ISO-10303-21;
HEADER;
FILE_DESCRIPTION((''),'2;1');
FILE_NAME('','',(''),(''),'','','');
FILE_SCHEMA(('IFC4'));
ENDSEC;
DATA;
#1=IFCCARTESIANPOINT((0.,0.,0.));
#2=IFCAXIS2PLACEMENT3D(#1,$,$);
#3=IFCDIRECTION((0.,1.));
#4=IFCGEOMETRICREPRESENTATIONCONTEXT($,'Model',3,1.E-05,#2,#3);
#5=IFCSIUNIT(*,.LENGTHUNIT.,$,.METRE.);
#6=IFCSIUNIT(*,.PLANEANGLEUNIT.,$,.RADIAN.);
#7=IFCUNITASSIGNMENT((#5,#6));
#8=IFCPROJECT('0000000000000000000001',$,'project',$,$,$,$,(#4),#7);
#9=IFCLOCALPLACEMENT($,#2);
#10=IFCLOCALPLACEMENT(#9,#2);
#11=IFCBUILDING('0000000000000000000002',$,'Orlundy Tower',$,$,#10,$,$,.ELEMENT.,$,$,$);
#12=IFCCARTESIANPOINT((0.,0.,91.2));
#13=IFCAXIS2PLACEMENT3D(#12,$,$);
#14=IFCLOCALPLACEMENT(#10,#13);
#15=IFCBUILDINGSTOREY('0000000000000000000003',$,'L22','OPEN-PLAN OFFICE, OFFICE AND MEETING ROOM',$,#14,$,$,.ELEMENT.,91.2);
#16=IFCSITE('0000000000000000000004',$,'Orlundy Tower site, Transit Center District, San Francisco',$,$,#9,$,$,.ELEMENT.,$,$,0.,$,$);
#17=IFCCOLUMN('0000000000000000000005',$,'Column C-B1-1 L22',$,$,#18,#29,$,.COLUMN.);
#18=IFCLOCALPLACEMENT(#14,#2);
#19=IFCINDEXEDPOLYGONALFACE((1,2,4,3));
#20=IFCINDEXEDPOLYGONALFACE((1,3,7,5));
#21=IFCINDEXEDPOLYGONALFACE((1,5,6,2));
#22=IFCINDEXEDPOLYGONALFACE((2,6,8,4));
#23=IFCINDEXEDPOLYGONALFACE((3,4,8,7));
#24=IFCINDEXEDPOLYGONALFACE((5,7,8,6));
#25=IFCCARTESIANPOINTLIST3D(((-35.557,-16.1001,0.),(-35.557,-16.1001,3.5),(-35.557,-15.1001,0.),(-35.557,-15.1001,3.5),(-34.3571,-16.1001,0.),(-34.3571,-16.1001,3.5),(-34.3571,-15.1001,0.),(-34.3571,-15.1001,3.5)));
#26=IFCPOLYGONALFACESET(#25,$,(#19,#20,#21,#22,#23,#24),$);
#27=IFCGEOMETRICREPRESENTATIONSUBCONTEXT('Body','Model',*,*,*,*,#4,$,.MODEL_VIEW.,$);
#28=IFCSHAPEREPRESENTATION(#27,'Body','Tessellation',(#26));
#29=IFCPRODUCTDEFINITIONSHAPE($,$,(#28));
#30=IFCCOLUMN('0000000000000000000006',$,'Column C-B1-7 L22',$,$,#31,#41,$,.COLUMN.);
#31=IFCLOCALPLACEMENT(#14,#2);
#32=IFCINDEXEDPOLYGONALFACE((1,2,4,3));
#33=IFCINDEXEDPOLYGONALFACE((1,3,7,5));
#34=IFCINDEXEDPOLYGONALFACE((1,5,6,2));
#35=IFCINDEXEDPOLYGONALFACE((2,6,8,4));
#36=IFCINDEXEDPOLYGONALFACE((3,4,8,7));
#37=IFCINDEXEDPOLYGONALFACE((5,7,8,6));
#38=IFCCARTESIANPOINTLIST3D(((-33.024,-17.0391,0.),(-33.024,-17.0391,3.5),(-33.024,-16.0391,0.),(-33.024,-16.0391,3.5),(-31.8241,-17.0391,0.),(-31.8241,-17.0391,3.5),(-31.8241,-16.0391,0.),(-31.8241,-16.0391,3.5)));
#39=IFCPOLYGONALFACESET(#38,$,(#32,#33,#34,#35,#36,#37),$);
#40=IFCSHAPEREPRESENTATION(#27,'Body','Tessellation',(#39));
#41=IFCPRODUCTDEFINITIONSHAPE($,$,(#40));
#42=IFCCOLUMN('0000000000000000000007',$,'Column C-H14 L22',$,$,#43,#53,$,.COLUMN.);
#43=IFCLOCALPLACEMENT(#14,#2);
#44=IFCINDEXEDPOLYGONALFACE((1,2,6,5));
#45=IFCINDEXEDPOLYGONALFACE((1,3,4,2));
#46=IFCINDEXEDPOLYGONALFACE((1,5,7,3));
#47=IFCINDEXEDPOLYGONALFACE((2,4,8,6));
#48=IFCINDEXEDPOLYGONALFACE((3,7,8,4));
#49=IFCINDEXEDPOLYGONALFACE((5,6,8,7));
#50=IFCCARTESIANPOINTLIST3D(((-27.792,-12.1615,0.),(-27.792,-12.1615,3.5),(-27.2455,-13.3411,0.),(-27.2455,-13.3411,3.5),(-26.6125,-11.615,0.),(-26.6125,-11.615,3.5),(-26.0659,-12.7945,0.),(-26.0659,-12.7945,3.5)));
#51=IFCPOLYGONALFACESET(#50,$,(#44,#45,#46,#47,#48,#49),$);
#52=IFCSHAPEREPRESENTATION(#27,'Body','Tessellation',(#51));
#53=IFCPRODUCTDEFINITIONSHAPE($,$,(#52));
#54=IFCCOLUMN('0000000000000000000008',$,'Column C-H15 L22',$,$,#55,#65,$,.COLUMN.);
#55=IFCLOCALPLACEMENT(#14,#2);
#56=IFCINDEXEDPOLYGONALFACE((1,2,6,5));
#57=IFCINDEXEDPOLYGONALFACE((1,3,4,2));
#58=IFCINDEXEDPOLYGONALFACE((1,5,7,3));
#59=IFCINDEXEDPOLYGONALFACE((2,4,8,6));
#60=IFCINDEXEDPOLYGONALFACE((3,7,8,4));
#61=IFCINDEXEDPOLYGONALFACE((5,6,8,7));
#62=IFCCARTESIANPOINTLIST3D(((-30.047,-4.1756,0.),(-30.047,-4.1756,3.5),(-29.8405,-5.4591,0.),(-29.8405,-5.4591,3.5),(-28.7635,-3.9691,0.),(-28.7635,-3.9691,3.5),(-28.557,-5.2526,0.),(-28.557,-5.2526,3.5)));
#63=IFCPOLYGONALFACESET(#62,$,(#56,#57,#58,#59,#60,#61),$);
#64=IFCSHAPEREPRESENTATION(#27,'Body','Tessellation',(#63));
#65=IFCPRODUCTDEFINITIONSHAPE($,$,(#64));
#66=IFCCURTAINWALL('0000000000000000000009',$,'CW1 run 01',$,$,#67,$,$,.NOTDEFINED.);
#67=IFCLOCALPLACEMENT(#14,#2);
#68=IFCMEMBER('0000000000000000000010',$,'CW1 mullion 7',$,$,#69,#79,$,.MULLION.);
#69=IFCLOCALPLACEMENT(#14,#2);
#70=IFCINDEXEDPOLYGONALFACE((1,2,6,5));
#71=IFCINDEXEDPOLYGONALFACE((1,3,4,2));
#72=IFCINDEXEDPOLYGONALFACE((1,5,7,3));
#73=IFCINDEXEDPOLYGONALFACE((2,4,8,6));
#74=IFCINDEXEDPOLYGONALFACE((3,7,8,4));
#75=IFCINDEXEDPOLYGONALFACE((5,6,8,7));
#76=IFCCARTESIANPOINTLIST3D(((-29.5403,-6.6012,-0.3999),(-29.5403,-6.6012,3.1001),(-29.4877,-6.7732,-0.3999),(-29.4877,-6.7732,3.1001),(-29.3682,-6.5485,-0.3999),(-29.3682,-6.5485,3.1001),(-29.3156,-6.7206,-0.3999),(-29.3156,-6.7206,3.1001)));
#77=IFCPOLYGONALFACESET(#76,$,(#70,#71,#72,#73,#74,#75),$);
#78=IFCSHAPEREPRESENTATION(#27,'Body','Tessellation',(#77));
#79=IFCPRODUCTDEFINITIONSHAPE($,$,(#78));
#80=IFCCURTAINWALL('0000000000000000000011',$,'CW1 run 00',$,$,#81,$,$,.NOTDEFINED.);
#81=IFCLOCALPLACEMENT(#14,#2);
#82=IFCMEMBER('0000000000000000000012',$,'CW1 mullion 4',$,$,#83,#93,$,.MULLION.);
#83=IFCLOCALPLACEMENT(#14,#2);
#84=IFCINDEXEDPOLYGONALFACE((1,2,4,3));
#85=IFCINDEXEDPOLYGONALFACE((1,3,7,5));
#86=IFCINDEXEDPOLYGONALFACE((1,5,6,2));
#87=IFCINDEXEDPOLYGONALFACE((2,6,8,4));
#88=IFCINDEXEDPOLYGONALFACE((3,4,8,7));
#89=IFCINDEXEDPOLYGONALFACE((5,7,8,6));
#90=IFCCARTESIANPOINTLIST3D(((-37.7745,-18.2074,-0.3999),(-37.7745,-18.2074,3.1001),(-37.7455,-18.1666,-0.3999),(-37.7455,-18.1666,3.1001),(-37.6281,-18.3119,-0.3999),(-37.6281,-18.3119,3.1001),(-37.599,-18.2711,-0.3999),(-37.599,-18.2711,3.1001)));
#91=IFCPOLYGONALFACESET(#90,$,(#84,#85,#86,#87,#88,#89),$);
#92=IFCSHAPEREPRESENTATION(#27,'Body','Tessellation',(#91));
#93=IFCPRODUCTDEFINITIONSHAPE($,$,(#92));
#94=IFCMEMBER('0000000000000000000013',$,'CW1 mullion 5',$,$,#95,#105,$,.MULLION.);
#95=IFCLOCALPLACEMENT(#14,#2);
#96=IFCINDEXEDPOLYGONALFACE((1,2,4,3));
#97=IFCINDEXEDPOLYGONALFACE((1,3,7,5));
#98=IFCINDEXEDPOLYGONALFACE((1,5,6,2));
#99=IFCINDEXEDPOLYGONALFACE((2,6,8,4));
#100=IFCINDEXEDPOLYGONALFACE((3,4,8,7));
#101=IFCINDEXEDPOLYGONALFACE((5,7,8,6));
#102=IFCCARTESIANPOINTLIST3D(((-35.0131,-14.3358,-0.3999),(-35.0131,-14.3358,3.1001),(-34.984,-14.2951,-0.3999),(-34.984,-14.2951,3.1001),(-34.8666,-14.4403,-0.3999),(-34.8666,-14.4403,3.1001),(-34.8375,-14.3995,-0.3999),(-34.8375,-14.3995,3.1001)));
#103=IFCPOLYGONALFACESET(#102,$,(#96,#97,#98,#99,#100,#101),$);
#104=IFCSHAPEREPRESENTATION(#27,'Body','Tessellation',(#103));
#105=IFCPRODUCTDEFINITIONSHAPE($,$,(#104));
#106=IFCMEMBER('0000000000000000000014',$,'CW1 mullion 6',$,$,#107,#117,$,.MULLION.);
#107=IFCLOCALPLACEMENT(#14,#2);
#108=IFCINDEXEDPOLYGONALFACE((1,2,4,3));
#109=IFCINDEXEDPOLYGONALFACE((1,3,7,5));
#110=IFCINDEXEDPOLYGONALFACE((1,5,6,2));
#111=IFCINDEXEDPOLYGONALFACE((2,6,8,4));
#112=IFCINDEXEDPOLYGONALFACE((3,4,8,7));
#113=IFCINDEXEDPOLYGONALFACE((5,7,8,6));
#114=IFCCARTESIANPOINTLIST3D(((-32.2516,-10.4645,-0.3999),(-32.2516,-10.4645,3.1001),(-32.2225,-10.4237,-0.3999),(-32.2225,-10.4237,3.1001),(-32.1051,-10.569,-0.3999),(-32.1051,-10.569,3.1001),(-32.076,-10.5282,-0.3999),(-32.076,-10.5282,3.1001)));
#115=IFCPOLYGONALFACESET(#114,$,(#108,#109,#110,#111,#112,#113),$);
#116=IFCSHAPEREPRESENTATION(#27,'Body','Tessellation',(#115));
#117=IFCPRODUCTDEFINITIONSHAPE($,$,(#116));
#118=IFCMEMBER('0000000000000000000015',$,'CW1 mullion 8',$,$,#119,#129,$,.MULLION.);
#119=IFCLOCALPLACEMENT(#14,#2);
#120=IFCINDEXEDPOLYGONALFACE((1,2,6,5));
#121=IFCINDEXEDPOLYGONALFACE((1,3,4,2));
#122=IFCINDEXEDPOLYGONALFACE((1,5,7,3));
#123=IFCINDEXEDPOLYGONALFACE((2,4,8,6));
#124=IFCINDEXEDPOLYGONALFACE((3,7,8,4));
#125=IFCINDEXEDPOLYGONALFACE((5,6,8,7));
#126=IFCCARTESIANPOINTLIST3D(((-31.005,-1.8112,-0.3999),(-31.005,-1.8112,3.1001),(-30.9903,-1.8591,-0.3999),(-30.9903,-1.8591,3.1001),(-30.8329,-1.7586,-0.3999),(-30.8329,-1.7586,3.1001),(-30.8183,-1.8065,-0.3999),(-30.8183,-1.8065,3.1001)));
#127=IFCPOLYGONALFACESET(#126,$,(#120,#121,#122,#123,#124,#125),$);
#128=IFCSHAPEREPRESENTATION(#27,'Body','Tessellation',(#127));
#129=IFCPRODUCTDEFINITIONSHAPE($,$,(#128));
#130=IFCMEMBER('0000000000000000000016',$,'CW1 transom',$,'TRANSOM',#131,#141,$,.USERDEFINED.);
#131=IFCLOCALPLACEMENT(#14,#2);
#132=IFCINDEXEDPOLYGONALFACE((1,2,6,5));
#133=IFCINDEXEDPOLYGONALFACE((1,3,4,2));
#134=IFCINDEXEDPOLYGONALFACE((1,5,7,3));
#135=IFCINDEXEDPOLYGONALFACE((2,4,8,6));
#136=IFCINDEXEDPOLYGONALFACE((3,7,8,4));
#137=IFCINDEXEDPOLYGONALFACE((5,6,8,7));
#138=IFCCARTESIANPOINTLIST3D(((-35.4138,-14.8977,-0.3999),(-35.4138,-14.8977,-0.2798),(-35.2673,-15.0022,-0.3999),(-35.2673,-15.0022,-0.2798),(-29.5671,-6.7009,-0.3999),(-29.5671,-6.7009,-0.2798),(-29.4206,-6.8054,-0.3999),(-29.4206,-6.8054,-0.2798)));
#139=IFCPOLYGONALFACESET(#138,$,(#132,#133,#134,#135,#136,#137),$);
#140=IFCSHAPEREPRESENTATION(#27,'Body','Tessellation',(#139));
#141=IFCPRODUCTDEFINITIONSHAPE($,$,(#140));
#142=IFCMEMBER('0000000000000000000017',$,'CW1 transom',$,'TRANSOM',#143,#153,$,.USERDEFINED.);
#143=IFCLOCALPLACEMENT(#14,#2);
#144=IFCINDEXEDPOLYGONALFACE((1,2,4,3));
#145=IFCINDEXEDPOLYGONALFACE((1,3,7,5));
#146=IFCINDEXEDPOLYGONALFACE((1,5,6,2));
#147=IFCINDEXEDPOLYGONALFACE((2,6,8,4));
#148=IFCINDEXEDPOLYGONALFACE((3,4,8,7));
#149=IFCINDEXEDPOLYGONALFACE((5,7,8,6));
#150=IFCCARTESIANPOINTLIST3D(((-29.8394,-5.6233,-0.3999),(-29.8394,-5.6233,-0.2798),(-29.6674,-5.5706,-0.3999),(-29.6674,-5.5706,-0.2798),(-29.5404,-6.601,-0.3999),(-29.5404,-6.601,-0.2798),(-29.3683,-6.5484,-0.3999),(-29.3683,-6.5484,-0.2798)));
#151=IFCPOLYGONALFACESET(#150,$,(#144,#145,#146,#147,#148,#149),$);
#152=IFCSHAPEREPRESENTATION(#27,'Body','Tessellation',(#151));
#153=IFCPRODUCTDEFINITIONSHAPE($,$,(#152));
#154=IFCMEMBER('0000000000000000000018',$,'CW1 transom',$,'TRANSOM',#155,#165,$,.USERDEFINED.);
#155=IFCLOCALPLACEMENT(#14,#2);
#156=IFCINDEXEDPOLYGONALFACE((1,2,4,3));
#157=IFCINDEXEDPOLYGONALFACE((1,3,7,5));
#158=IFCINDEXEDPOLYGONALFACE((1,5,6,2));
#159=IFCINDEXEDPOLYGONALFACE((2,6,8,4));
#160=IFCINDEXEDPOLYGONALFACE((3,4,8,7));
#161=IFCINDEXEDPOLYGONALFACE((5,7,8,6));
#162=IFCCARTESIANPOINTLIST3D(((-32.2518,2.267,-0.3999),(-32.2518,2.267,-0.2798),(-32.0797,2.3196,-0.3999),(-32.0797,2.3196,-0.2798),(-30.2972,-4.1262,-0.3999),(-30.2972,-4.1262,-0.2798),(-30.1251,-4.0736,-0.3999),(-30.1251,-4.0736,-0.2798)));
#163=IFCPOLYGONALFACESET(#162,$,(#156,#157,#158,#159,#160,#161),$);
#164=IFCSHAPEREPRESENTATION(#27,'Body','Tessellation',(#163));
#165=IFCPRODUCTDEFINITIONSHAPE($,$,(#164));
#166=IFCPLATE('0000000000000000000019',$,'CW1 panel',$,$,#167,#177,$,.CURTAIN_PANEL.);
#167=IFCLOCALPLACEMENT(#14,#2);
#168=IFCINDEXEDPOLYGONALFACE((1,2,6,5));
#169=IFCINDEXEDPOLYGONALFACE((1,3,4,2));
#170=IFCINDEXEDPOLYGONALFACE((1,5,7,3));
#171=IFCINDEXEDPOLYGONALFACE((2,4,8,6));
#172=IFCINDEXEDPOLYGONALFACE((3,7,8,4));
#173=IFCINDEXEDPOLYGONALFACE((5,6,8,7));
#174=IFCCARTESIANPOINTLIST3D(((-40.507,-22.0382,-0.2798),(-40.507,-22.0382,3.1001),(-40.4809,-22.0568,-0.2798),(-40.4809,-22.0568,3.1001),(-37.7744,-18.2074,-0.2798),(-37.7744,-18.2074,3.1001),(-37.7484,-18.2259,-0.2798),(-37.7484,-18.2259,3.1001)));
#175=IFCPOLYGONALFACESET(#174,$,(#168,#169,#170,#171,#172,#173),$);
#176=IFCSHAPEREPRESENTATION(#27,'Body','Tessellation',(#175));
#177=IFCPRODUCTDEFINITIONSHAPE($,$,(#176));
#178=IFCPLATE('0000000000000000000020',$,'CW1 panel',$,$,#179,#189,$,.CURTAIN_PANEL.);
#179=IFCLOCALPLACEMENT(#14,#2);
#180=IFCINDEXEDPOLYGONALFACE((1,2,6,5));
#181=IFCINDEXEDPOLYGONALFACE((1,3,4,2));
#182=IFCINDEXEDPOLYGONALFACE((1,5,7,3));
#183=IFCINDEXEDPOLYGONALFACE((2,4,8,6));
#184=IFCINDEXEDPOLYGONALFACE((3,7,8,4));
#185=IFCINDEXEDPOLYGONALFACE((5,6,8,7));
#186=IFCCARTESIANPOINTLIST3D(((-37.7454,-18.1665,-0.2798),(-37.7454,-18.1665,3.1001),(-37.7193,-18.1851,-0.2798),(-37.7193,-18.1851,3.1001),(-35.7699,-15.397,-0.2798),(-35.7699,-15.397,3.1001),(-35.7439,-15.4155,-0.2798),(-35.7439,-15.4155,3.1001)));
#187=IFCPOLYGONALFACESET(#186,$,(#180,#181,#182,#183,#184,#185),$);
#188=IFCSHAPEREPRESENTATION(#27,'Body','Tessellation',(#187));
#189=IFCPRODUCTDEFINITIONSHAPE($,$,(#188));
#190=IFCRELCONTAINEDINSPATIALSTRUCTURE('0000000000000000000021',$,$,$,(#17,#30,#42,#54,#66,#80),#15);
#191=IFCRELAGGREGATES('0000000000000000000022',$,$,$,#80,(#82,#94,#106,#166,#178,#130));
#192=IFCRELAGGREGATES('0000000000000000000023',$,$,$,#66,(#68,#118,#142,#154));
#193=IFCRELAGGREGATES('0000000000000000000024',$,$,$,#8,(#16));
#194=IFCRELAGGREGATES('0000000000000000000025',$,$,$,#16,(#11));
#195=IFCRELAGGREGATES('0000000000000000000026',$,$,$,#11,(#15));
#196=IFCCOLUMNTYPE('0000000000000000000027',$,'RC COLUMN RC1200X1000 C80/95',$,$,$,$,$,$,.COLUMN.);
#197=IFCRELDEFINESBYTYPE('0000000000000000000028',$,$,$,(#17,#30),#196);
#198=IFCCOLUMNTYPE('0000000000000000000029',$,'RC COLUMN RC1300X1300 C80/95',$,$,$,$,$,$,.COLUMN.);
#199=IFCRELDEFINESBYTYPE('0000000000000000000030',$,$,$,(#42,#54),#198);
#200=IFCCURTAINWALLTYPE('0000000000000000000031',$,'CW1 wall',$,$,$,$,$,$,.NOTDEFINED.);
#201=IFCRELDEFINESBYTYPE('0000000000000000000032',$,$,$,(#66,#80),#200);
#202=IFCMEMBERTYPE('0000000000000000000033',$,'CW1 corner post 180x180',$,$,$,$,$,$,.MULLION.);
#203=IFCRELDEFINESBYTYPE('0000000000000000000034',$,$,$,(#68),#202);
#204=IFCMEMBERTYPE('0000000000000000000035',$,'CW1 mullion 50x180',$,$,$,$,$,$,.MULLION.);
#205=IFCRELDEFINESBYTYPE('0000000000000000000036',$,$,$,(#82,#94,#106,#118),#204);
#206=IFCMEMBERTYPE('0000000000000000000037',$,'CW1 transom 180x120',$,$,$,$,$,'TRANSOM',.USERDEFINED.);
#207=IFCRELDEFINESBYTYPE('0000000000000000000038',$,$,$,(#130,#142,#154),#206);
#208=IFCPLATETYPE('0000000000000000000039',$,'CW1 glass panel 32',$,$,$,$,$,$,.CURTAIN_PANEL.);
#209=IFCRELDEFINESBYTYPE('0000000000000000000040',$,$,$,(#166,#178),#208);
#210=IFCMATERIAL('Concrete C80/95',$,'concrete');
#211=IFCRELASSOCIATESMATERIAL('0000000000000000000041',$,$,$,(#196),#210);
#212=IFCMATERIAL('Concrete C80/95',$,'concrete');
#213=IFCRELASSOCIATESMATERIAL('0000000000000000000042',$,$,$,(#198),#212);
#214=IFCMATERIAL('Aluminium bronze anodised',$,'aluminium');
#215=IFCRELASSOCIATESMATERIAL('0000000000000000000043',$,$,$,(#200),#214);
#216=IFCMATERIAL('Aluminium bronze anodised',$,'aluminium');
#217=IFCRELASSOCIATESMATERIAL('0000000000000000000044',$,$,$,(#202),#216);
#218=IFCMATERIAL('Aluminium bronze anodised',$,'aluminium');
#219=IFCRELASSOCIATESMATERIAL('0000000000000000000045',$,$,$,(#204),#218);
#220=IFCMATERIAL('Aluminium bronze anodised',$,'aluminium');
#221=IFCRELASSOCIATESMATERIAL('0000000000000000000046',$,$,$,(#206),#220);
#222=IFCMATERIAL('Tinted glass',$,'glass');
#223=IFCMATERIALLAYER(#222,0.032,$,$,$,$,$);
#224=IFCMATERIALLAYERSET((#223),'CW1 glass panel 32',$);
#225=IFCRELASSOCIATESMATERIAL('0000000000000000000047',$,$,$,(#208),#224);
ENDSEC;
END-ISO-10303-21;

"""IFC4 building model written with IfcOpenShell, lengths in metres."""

from ifc_helpers import new_model, si_unit, direction, frame, origin, origin_2d, place, context, subcontext, project, spatial, rectangle, extrude, material, layer, layer_set, material_profile, profile_set, type_object, element, aggregate, save


model = new_model("IFC4")

# Units and contexts
model_context = context("Model", 3, precision=1e-05, world=origin(), true_north=direction((0.0, 1.0)))
body_context = subcontext(model_context, "Body", "Model", "MODEL_VIEW")
ifc_project = project(units=[si_unit("LENGTHUNIT", "METRE"), si_unit("PLANEANGLEUNIT", "RADIAN")], contexts=[model_context])

# Site, building, storey
site_placement = place(None, origin())
site = spatial("IfcSite", under=ifc_project, at=site_placement, Name="Orlundy Tower site, Transit Center District, San Francisco", CompositionType="ELEMENT", RefElevation=0.0)
building_placement = place(site_placement, origin())
building = spatial("IfcBuilding", under=site, at=building_placement, Name="Orlundy Tower", CompositionType="ELEMENT")
storey_placement = place(building_placement, frame((0.0, 0.0, 91.2)))
storey = spatial("IfcBuildingStorey", under=building, at=storey_placement, Name="L22", Description="OPEN-PLAN OFFICE, OFFICE AND MEETING ROOM", CompositionType="ELEMENT", Elevation=91.2)

# Columns
ifc_material_1 = material(Name="Concrete C80/95", Category="concrete")
ifc_material_profile_1 = material_profile(ifc_material_1, rectangle(XDim=1.2, YDim=1.0, at=origin_2d()), Name="RC1200X1000")
ifc_profile_set_1 = profile_set([ifc_material_profile_1], Name="Concrete C80/95")
column_type_1 = type_object("IfcColumnType", Name="RC COLUMN RC1200X1000 C80/95", PredefinedType="COLUMN", material=ifc_profile_set_1)
for number, where, z_axis, x_axis, name in (
    (1, (-34.957, -15.6001, 0.0), (0.0, 0.0, 1.0), (1.0, 0.0, 0.0), "Column C-B1-1 L22"),
    (2, (-32.4241, -16.5391, 0.0), (0.0, 0.0, 1.0), (1.0, 0.0, 0.0), "Column C-B1-7 L22"),
):
    element("IfcColumn", number, at=place(storey_placement, frame(where, z_axis=z_axis, x_axis=x_axis)), inside=storey, type_object=column_type_1, Name=name, PredefinedType="COLUMN", context=body_context, shape_type="SweptSolid", body=[
        extrude(rectangle(XDim=1.2, YDim=1.0, at=origin_2d()), origin(), (0.0, 0.0, 1.0), 3.5),
    ])
ifc_material_2 = material(Name="Concrete C80/95", Category="concrete")
ifc_material_profile_2 = material_profile(ifc_material_2, rectangle(XDim=1.3, YDim=1.3, at=origin_2d()), Name="RC1300X1300")
ifc_profile_set_2 = profile_set([ifc_material_profile_2], Name="Concrete C80/95")
column_type_2 = type_object("IfcColumnType", Name="RC COLUMN RC1300X1300 C80/95", PredefinedType="COLUMN", material=ifc_profile_set_2)
for number, where, z_axis, x_axis, name in (
    (3, (-26.929, -12.478, 0.0), (0.0, 0.0, 1.0), (-0.90733, -0.420418, 0.0), "Column C-H14 L22"),
    (4, (-29.302, -4.7141, 0.0), (0.0, 0.0, 1.0), (-0.987306, -0.15883, 0.0), "Column C-H15 L22"),
):
    element("IfcColumn", number, at=place(storey_placement, frame(where, z_axis=z_axis, x_axis=x_axis)), inside=storey, type_object=column_type_2, Name=name, PredefinedType="COLUMN", context=body_context, shape_type="SweptSolid", body=[
        extrude(rectangle(XDim=1.3, YDim=1.3, at=origin_2d()), origin(), (0.0, 0.0, 1.0), 3.5),
    ])

# Curtain wall, member
ifc_material_3 = material(Name="Aluminium bronze anodised", Category="aluminium")
curtain_wall_type = type_object("IfcCurtainWallType", Name="CW1 wall", PredefinedType="NOTDEFINED", material=ifc_material_3)
curtain_wall_1_placement = place(storey_placement, origin())
curtain_wall_1 = element("IfcCurtainWall", 5, at=curtain_wall_1_placement, inside=storey, type_object=curtain_wall_type, Name="CW1 run 01", PredefinedType="NOTDEFINED")
ifc_material_4 = material(Name="Aluminium bronze anodised", Category="aluminium")
ifc_material_profile_3 = material_profile(ifc_material_4, rectangle(XDim=0.1799, YDim=0.1799, at=origin_2d()), Name="CW1 corner post 180x180")
ifc_profile_set_3 = profile_set([ifc_material_profile_3], Name="Aluminium bronze anodised")
member_type_1 = type_object("IfcMemberType", Name="CW1 corner post 180x180", PredefinedType="MULLION", material=ifc_profile_set_3)
member_1_placement = place(storey_placement, frame((-29.428, -6.6609, -0.3999), z_axis=(0.0, 0.0, 1.0), x_axis=(-0.956299, -0.29239, 0.0)))
member_1 = element("IfcMember", 6, at=member_1_placement, type_object=member_type_1, Name="CW1 mullion 7", PredefinedType="MULLION", context=body_context, shape_type="SweptSolid", body=[
    extrude(rectangle(XDim=0.1799, YDim=0.1799, at=origin_2d()), origin(), (0.0, 0.0, 1.0), 3.5),
])

# Curtain wall, members
curtain_wall_2_placement = place(storey_placement, origin())
curtain_wall_2 = element("IfcCurtainWall", 7, at=curtain_wall_2_placement, inside=storey, type_object=curtain_wall_type, Name="CW1 run 00", PredefinedType="NOTDEFINED")
ifc_material_5 = material(Name="Aluminium bronze anodised", Category="aluminium")
ifc_material_profile_4 = material_profile(ifc_material_5, rectangle(XDim=0.1799, YDim=0.05, at=origin_2d()), Name="CW1 mullion 50x180")
ifc_profile_set_4 = profile_set([ifc_material_profile_4], Name="Aluminium bronze anodised")
member_type_2 = type_object("IfcMemberType", Name="CW1 mullion 50x180", PredefinedType="MULLION", material=ifc_profile_set_4)
member_2_placement = place(storey_placement, frame((-37.6868, -18.2393, -0.3999), z_axis=(0.0, 0.0, 1.0), x_axis=(-0.814117, 0.580701, 0.0)))
member_2 = element("IfcMember", 8, at=member_2_placement, type_object=member_type_2, Name="CW1 mullion 4", PredefinedType="MULLION", context=body_context, shape_type="SweptSolid", body=[
    extrude(rectangle(XDim=0.1799, YDim=0.05, at=origin_2d()), origin(), (0.0, 0.0, 1.0), 3.5),
])
member_3_placement = place(storey_placement, frame((-34.9253, -14.3677, -0.3999), z_axis=(0.0, 0.0, 1.0), x_axis=(-0.814117, 0.580701, 0.0)))
member_3 = element("IfcMember", 9, at=member_3_placement, type_object=member_type_2, Name="CW1 mullion 5", PredefinedType="MULLION", context=body_context, shape_type="SweptSolid", body=[
    extrude(rectangle(XDim=0.1799, YDim=0.05, at=origin_2d()), origin(), (0.0, 0.0, 1.0), 3.5),
])
member_4_placement = place(storey_placement, frame((-32.1638, -10.4963, -0.3999), z_axis=(0.0, 0.0, 1.0), x_axis=(-0.814117, 0.580701, 0.0)))
member_4 = element("IfcMember", 10, at=member_4_placement, type_object=member_type_2, Name="CW1 mullion 6", PredefinedType="MULLION", context=body_context, shape_type="SweptSolid", body=[
    extrude(rectangle(XDim=0.1799, YDim=0.05, at=origin_2d()), origin(), (0.0, 0.0, 1.0), 3.5),
])

# Members
member_5_placement = place(storey_placement, frame((-30.9116, -1.8088, -0.3999), z_axis=(0.0, 0.0, 1.0), x_axis=(-0.956299, -0.29239, 0.0)))
member_5 = element("IfcMember", 11, at=member_5_placement, type_object=member_type_2, Name="CW1 mullion 8", PredefinedType="MULLION", context=body_context, shape_type="SweptSolid", body=[
    extrude(rectangle(XDim=0.1799, YDim=0.05, at=origin_2d()), origin(), (0.0, 0.0, 1.0), 3.5),
])
ifc_material_6 = material(Name="Aluminium bronze anodised", Category="aluminium")
ifc_material_profile_5 = material_profile(ifc_material_6, rectangle(XDim=0.1799, YDim=0.1201, at=origin_2d()), Name="CW1 transom 180x120")
ifc_profile_set_5 = profile_set([ifc_material_profile_5], Name="Aluminium bronze anodised")
member_type_3 = type_object("IfcMemberType", Name="CW1 transom 180x120", ElementType="TRANSOM", PredefinedType="USERDEFINED", material=ifc_profile_set_5)
member_6_placement = place(storey_placement, frame((-35.3406, -14.95, -0.3398), z_axis=(0.580701, 0.814117, 0.0), x_axis=(-0.814117, 0.580701, 0.0)))
member_6 = element("IfcMember", 12, at=member_6_placement, type_object=member_type_3, Name="CW1 transom", ObjectType="TRANSOM", PredefinedType="USERDEFINED", context=body_context, shape_type="SweptSolid", body=[
    extrude(rectangle(XDim=0.1799, YDim=0.1201, at=origin_2d()), origin(), (0.0, 0.0, 1.0), 10.0684),
])
member_7_placement = place(storey_placement, frame((-29.4543, -6.5747, -0.3398), z_axis=(-0.292491, 0.956268, 0.0), x_axis=(-0.956268, -0.292491, 0.0)))
member_7 = element("IfcMember", 13, at=member_7_placement, type_object=member_type_3, Name="CW1 transom", ObjectType="TRANSOM", PredefinedType="USERDEFINED", context=body_context, shape_type="SweptSolid", body=[
    extrude(rectangle(XDim=0.1799, YDim=0.1201, at=origin_2d()), origin(), (0.0, 0.0, 1.0), 1.0225),
])
member_8_placement = place(storey_placement, frame((-30.2112, -4.0999, -0.3398), z_axis=(-0.292366, 0.956306, 0.0), x_axis=(-0.956306, -0.292366, 0.0)))
member_8 = element("IfcMember", 14, at=member_8_placement, type_object=member_type_3, Name="CW1 transom", ObjectType="TRANSOM", PredefinedType="USERDEFINED", context=body_context, shape_type="SweptSolid", body=[
    extrude(rectangle(XDim=0.1799, YDim=0.1201, at=origin_2d()), origin(), (0.0, 0.0, 1.0), 6.6853),
])

# Plates
ifc_material_7 = material(Name="Tinted glass", Category="glass")
ifc_layer_1 = layer(ifc_material_7, 0.032)
ifc_layer_set_1 = layer_set([ifc_layer_1], Name="CW1 glass panel 32")
plate_type = type_object("IfcPlateType", Name="CW1 glass panel 32", PredefinedType="CURTAIN_PANEL", material=ifc_layer_set_1)
plate_1_placement = place(storey_placement, frame((-39.1277, -20.1321, -0.2798), z_axis=(0.0, 0.0, 1.0), x_axis=(0.580701, 0.814117, 0.0)))
plate_1 = element("IfcPlate", 15, at=plate_1_placement, type_object=plate_type, Name="CW1 panel", PredefinedType="CURTAIN_PANEL", context=body_context, shape_type="SweptSolid", body=[
    extrude(rectangle(XDim=4.7056, YDim=0.032, at=origin_2d()), origin(), (0.0, 0.0, 1.0), 3.3799),
])
plate_2_placement = place(storey_placement, frame((-36.7446, -16.791, -0.2798), z_axis=(0.0, 0.0, 1.0), x_axis=(0.580701, 0.814117, 0.0)))
plate_2 = element("IfcPlate", 16, at=plate_2_placement, type_object=plate_type, Name="CW1 panel", PredefinedType="CURTAIN_PANEL", context=body_context, shape_type="SweptSolid", body=[
    extrude(rectangle(XDim=3.4019, YDim=0.032, at=origin_2d()), origin(), (0.0, 0.0, 1.0), 3.3799),
])
aggregate(curtain_wall_2, [member_2, member_3, member_4, plate_1, plate_2, member_6])
aggregate(curtain_wall_1, [member_1, member_5, member_7, member_8])

save(model, "model.ifc")
